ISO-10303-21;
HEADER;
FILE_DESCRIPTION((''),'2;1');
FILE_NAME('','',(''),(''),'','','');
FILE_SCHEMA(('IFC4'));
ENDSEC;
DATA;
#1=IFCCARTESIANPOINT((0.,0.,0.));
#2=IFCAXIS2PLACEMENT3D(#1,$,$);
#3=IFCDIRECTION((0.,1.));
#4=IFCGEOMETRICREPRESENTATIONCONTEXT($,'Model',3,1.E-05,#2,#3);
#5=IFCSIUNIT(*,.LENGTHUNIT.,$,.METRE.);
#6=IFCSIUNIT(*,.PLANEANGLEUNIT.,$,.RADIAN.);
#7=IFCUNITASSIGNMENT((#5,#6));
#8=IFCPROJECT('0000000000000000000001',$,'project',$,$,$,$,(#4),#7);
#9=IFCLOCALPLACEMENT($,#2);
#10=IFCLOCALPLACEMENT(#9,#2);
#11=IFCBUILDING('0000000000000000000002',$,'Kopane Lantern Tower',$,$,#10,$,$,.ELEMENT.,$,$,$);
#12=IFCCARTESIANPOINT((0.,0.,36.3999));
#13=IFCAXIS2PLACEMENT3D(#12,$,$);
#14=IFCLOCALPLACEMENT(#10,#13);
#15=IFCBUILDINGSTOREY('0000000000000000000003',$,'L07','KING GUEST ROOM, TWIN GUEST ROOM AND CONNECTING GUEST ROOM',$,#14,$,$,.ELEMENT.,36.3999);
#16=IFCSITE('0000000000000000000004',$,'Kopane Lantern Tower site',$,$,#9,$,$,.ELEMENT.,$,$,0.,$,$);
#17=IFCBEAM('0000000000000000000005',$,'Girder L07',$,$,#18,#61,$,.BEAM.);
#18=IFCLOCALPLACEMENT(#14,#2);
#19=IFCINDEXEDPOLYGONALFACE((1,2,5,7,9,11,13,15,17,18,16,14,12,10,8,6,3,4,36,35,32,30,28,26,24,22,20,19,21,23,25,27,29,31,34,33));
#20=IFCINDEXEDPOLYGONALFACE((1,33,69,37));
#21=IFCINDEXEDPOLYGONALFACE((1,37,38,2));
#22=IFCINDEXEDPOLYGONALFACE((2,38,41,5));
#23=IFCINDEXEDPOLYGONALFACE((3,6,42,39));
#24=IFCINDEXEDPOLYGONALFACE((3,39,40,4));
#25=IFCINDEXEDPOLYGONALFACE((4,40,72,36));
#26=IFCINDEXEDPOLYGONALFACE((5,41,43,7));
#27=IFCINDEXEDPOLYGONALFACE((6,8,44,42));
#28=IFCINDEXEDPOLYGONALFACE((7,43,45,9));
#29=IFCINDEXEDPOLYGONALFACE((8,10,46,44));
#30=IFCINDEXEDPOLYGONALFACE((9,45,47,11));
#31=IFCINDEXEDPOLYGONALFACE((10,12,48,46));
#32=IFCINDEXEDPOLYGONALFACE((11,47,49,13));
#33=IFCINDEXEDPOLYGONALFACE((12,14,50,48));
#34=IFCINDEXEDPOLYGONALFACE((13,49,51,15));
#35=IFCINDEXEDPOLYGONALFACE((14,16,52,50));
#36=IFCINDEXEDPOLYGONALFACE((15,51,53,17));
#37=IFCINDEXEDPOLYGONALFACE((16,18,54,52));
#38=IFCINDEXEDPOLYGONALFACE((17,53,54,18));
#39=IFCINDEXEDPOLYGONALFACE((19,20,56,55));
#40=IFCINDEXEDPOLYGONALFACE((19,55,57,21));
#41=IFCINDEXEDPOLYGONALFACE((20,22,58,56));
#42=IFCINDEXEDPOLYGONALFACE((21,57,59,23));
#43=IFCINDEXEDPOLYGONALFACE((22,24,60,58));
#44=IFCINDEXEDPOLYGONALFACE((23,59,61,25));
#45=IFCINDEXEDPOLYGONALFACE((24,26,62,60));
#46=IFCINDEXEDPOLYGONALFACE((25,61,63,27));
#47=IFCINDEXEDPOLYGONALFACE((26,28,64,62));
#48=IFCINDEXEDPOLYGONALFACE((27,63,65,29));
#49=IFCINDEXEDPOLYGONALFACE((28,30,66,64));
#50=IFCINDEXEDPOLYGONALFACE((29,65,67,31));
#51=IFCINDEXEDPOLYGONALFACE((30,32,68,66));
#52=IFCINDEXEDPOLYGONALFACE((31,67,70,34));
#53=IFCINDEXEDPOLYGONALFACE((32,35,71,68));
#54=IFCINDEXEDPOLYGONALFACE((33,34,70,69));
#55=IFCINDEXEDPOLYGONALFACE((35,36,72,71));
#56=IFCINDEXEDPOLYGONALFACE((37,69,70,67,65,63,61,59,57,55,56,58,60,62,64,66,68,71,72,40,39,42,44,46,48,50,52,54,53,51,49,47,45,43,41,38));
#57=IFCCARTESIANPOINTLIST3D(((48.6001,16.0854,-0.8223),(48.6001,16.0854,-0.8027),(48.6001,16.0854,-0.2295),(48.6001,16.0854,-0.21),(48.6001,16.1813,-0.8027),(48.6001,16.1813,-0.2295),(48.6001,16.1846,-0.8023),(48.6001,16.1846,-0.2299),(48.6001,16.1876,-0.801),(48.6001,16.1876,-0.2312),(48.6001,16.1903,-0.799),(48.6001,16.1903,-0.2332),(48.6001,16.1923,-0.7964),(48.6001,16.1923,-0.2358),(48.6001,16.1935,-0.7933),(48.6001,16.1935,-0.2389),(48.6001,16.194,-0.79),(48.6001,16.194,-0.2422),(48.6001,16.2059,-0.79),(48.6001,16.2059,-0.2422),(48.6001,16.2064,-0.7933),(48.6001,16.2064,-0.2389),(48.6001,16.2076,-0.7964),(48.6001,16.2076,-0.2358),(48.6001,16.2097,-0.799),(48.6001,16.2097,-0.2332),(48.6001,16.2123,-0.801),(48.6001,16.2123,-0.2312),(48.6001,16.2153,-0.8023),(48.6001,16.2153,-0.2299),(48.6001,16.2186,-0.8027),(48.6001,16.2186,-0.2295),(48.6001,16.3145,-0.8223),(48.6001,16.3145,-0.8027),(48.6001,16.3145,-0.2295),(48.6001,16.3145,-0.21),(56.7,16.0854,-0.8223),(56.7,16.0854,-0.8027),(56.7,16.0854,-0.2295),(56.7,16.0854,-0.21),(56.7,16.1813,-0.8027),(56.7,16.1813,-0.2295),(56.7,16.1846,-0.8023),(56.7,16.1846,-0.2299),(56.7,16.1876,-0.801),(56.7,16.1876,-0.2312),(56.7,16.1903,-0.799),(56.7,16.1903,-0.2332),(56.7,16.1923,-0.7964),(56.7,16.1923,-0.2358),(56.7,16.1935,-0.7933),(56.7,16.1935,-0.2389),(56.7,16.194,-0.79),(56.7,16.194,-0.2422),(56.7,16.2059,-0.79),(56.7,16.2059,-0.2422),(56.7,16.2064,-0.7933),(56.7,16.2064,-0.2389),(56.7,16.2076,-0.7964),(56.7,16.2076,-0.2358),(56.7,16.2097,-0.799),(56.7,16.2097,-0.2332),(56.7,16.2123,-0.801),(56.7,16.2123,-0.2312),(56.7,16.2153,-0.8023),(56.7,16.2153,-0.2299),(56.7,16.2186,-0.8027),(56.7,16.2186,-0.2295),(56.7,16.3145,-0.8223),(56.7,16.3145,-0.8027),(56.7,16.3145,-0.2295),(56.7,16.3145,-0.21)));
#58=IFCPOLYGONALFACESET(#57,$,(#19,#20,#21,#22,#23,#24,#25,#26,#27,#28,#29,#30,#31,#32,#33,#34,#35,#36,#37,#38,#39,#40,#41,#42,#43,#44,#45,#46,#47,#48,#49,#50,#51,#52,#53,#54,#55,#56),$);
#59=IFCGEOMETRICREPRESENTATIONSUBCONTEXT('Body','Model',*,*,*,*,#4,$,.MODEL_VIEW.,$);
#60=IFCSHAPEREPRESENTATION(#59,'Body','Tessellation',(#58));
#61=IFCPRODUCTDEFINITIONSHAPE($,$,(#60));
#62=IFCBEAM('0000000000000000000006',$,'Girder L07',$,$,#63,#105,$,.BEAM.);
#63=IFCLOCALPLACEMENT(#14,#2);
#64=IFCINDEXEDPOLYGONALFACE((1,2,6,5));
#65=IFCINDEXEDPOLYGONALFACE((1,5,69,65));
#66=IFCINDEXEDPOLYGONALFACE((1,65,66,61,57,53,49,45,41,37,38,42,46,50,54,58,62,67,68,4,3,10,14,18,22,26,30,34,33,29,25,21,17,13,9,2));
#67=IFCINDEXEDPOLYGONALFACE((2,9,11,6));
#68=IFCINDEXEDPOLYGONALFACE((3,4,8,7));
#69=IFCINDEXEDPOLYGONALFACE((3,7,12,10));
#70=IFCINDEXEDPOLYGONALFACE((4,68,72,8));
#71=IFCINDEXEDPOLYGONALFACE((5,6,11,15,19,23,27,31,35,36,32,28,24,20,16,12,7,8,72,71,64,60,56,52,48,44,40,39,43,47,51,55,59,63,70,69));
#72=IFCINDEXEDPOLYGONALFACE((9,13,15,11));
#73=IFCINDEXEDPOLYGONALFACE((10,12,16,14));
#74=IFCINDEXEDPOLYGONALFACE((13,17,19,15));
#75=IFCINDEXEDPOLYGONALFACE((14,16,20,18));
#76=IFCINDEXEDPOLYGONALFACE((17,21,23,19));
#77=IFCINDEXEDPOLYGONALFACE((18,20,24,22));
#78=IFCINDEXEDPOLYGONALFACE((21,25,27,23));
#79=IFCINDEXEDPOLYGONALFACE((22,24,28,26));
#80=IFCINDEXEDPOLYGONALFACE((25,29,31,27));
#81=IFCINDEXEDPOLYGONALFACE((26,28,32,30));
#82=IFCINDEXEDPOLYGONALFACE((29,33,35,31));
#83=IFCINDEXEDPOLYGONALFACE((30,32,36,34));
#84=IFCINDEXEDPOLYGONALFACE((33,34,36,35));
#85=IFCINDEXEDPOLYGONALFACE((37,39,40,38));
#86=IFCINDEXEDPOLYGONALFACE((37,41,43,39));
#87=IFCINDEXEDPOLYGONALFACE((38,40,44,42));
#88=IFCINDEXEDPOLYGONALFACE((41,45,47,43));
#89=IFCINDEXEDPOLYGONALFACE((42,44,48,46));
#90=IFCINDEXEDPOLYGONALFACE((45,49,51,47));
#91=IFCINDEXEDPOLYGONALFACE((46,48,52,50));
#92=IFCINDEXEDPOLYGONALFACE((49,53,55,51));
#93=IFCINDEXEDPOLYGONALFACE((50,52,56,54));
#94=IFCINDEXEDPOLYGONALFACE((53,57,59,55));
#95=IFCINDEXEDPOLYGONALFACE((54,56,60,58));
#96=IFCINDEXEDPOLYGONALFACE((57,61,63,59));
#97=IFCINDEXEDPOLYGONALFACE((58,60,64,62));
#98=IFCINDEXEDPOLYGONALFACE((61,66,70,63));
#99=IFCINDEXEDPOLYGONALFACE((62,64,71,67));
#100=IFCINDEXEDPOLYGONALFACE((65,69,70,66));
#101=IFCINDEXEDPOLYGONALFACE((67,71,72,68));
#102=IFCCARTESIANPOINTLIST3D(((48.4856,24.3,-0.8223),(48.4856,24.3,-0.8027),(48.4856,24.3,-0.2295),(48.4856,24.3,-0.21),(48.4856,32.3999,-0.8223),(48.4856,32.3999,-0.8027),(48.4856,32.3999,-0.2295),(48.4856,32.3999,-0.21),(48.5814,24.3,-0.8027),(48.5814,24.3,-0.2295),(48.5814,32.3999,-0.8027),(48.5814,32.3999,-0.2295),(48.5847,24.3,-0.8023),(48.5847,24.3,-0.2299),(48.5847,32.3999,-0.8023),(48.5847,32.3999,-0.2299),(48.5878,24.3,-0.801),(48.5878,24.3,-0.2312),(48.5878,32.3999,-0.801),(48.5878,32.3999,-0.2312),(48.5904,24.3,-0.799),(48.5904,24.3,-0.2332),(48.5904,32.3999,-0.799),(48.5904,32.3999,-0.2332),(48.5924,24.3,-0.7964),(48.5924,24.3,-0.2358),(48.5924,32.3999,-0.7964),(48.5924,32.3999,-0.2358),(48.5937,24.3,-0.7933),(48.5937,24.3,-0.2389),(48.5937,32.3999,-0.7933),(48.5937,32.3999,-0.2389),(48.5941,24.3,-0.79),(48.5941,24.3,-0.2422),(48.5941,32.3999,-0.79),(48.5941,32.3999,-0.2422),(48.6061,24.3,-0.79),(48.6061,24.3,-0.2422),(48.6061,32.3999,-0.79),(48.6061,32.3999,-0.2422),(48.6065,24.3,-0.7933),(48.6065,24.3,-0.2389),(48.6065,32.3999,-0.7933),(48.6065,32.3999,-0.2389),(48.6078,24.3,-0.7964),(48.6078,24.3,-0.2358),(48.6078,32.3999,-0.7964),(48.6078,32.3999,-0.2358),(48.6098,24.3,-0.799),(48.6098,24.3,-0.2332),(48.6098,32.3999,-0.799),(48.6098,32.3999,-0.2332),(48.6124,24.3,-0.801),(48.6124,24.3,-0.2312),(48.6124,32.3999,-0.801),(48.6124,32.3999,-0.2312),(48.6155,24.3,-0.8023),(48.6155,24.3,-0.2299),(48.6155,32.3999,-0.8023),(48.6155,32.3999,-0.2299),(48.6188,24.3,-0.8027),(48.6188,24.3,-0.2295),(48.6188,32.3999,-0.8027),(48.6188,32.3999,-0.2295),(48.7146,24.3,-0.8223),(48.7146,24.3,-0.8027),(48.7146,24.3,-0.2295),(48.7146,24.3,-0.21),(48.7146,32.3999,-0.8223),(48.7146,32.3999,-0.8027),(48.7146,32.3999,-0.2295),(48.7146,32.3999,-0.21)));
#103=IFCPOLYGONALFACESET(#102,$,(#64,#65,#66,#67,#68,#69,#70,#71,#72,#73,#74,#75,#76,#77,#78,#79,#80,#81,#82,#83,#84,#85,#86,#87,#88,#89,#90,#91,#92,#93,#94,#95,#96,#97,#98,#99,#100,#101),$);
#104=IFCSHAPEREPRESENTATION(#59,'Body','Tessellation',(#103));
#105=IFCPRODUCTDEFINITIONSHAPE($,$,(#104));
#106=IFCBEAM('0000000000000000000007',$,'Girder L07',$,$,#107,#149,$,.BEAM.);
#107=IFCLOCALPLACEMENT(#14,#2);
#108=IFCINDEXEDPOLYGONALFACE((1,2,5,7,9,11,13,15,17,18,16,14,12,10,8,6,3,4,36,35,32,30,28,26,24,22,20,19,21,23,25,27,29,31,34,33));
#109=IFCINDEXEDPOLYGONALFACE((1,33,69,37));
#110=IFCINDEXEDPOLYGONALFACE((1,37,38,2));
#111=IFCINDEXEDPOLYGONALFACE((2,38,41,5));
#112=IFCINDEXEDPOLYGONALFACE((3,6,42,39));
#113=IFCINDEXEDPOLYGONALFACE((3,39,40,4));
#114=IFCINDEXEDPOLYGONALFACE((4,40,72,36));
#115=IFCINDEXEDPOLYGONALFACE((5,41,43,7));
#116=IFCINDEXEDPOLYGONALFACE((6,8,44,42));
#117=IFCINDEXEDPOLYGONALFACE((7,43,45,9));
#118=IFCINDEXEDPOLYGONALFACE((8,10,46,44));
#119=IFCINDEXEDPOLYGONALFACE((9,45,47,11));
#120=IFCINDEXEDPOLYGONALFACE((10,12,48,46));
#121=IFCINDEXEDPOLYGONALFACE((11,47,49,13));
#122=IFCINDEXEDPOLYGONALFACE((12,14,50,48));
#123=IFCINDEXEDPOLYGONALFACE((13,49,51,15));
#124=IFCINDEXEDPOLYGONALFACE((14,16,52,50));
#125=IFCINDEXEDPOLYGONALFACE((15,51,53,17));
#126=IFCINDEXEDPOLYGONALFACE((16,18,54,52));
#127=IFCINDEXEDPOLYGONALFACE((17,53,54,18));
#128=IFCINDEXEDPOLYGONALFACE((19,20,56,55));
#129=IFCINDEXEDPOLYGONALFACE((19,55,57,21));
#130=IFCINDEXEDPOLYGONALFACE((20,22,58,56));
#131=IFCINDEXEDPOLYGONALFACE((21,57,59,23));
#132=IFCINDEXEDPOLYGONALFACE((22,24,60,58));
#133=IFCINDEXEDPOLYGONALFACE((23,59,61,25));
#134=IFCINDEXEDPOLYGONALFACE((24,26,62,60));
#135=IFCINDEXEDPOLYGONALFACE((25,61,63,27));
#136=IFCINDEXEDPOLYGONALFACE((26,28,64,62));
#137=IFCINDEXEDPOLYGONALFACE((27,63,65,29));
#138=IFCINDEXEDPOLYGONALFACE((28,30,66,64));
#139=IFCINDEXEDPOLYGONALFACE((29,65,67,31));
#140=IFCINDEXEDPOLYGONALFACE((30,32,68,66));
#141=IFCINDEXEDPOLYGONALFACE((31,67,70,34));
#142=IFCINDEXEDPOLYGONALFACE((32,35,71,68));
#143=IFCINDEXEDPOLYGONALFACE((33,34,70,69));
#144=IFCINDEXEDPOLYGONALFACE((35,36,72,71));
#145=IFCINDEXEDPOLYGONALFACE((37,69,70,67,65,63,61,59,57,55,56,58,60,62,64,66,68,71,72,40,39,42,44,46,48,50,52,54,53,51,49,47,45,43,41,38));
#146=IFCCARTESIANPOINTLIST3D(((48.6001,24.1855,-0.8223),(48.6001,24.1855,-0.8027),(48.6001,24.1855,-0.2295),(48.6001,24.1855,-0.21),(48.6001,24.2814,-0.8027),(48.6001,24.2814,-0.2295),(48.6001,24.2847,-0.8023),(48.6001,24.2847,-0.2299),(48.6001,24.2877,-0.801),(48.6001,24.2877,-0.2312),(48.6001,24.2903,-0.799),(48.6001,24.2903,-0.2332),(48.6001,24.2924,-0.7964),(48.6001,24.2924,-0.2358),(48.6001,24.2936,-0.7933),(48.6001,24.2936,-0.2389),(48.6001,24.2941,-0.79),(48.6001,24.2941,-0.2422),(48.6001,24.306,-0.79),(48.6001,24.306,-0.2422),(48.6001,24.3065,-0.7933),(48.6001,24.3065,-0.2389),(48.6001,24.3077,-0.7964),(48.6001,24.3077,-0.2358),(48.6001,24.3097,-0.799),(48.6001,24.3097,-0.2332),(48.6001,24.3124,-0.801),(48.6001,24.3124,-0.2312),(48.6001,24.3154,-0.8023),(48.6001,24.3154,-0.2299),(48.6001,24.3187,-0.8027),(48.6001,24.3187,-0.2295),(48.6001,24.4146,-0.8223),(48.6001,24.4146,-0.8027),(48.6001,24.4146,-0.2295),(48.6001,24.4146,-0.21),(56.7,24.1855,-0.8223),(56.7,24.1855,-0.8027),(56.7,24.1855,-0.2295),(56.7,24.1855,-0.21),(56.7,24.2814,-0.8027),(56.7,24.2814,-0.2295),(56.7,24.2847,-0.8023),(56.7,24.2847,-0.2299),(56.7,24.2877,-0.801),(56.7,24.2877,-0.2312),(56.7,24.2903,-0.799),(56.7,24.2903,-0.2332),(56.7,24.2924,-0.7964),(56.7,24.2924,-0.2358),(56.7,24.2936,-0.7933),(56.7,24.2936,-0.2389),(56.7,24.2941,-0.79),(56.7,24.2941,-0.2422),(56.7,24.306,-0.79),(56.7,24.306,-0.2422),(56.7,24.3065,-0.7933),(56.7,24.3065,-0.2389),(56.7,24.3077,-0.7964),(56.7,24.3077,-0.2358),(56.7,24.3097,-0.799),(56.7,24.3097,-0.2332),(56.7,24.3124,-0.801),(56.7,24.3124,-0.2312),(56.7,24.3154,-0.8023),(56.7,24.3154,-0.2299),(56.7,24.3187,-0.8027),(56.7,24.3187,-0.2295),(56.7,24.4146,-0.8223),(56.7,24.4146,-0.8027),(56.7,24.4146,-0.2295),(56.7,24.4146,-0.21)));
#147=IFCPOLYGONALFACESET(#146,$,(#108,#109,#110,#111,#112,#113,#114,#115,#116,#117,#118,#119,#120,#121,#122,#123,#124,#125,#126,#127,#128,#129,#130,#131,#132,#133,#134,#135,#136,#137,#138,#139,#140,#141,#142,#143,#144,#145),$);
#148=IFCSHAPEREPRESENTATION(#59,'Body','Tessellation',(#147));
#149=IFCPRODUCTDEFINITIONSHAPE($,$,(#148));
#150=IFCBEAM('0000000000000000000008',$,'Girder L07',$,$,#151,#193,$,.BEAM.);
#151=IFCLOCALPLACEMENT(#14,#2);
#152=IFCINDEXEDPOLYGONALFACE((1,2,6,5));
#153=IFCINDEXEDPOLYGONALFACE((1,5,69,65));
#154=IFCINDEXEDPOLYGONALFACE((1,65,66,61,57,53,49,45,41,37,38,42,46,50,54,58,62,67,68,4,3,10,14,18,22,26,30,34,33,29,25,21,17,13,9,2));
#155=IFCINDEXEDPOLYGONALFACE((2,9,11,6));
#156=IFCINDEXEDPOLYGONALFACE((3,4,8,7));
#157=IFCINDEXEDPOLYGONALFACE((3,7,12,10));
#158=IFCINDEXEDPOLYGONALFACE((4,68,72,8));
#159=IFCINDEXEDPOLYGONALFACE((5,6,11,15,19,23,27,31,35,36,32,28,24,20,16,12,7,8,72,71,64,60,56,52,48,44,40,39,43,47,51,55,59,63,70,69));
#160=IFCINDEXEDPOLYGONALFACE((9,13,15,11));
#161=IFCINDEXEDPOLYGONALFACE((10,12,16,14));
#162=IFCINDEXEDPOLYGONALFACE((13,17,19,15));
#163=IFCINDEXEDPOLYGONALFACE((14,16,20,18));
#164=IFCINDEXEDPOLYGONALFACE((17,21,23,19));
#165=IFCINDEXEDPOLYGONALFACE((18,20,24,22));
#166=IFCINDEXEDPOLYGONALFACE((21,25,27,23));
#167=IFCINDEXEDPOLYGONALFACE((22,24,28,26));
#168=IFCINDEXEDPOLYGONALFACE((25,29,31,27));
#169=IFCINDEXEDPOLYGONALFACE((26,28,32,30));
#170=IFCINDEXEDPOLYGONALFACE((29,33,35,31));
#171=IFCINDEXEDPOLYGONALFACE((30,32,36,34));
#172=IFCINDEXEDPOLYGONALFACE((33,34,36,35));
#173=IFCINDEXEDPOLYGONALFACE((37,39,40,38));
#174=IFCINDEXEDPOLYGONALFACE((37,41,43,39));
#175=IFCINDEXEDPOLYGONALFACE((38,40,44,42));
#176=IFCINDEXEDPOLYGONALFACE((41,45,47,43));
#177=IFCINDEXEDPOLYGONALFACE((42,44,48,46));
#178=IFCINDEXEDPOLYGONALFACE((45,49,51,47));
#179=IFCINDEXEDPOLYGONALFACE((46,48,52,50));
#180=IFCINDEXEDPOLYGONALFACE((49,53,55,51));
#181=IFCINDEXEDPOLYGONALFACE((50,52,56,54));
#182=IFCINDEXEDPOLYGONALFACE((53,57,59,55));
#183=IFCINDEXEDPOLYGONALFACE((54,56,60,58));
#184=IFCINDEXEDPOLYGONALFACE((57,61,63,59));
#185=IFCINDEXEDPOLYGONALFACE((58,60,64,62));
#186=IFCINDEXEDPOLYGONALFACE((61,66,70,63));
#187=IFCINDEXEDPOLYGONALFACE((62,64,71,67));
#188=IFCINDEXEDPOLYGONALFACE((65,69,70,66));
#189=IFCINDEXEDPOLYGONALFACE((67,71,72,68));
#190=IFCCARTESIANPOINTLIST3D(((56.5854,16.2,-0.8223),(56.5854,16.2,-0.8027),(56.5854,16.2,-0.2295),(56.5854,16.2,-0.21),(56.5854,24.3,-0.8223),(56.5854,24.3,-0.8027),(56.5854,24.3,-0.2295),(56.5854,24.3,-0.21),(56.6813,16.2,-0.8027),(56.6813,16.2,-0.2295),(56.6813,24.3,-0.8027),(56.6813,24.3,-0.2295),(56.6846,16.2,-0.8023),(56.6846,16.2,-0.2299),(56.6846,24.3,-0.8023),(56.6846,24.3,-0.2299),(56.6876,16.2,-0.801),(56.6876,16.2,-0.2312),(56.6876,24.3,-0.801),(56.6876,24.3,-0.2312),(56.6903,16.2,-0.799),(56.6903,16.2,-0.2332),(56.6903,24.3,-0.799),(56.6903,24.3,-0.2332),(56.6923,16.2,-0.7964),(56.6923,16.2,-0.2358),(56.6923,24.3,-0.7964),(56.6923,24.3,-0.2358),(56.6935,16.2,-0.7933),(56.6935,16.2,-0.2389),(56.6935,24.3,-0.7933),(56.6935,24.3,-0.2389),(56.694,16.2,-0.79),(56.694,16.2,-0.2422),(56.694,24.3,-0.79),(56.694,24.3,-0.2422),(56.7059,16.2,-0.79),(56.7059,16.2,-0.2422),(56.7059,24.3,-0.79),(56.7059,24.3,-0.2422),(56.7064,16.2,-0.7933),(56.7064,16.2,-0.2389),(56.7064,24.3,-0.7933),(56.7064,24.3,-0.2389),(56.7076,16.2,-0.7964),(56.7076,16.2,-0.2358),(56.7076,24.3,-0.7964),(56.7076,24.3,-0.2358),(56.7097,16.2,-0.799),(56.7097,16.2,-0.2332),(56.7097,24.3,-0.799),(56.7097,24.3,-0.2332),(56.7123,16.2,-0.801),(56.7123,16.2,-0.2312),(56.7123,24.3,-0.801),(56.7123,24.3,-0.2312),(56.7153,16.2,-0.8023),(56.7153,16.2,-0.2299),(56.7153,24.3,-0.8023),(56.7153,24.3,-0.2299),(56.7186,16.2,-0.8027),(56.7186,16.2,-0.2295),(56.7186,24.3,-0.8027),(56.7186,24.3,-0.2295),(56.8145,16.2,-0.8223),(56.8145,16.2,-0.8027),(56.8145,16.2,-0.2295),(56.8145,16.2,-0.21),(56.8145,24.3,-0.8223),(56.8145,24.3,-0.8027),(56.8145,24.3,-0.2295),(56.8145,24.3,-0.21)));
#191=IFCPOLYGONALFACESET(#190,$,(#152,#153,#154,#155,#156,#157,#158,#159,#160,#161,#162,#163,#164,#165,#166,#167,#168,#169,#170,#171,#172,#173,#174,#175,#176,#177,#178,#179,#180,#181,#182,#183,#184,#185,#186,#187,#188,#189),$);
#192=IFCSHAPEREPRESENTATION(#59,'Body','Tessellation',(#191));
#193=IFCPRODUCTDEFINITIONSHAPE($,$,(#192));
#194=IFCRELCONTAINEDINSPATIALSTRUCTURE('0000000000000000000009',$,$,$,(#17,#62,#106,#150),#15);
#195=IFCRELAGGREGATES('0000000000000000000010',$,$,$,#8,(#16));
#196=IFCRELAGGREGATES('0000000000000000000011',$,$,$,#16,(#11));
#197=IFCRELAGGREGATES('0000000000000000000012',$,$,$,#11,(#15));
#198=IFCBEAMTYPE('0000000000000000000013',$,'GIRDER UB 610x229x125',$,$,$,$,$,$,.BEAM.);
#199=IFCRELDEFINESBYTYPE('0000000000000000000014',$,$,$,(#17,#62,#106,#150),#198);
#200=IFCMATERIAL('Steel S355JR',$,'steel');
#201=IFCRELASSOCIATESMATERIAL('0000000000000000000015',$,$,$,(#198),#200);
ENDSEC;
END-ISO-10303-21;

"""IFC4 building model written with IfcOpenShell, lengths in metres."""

from ifc_helpers import new_model, si_unit, direction, frame, origin, origin_2d, place, context, subcontext, project, spatial, i_section, extrude, material, material_profile, profile_set, type_object, element, save


model = new_model("IFC4")

# Units and contexts
model_context = context("Model", 3, precision=1e-05, world=origin(), true_north=direction((0.0, 1.0)))
body_context = subcontext(model_context, "Body", "Model", "MODEL_VIEW")
ifc_project = project(units=[si_unit("LENGTHUNIT", "METRE"), si_unit("PLANEANGLEUNIT", "RADIAN")], contexts=[model_context])

# Site, building, storey
site_placement = place(None, origin())
site = spatial("IfcSite", under=ifc_project, at=site_placement, Name="Kopane Lantern Tower site", CompositionType="ELEMENT", RefElevation=0.0)
building_placement = place(site_placement, origin())
building = spatial("IfcBuilding", under=site, at=building_placement, Name="Kopane Lantern Tower", CompositionType="ELEMENT")
storey_placement = place(building_placement, frame((0.0, 0.0, 36.3999)))
storey = spatial("IfcBuildingStorey", under=building, at=storey_placement, Name="L07", Description="KING GUEST ROOM, TWIN GUEST ROOM AND CONNECTING GUEST ROOM", CompositionType="ELEMENT", Elevation=36.3999)

# Beams
ifc_material_1 = material(Name="Steel S355JR", Category="steel")
ifc_material_profile_1 = material_profile(ifc_material_1, i_section(OverallWidth=0.229, OverallDepth=0.6123, WebThickness=0.012, FlangeThickness=0.0195, FilletRadius=0.0127, at=origin_2d()), Name="UB 610x229x125")
ifc_profile_set_1 = profile_set([ifc_material_profile_1], Name="Steel S355JR")
beam_type = type_object("IfcBeamType", Name="GIRDER UB 610x229x125", PredefinedType="BEAM", material=ifc_profile_set_1)
for number, where, z_axis, x_axis, name in (
    (1, (48.6001, 16.2, -0.5161), (1.0, 0.0, 0.0), (0.0, 1.0, 0.0), "Girder L07"),
    (2, (48.6001, 24.3, -0.5161), (0.0, 1.0, 0.0), (-1.0, 0.0, 0.0), "Girder L07"),
    (3, (48.6001, 24.3, -0.5161), (1.0, 0.0, 0.0), (0.0, 1.0, 0.0), "Girder L07"),
):
    element("IfcBeam", number, at=place(storey_placement, frame(where, z_axis=z_axis, x_axis=x_axis)), inside=storey, type_object=beam_type, Name=name, PredefinedType="BEAM", context=body_context, shape_type="SweptSolid", body=[
        extrude(i_section(OverallWidth=0.229, OverallDepth=0.6123, WebThickness=0.012, FlangeThickness=0.0195, FilletRadius=0.0127, at=origin_2d()), origin(), (0.0, 0.0, 1.0), 8.0999),
    ])
beam_1_placement = place(storey_placement, frame((56.7, 16.2, -0.5161), z_axis=(0.0, 1.0, 0.0), x_axis=(-1.0, 0.0, 0.0)))
element("IfcBeam", 4, at=beam_1_placement, inside=storey, type_object=beam_type, Name="Girder L07", PredefinedType="BEAM", context=body_context, shape_type="SweptSolid", body=[
    extrude(i_section(OverallWidth=0.229, OverallDepth=0.6123, WebThickness=0.012, FlangeThickness=0.0195, FilletRadius=0.0127, at=origin_2d()), origin(), (0.0, 0.0, 1.0), 8.1001),
])

save(model, "model.ifc")
